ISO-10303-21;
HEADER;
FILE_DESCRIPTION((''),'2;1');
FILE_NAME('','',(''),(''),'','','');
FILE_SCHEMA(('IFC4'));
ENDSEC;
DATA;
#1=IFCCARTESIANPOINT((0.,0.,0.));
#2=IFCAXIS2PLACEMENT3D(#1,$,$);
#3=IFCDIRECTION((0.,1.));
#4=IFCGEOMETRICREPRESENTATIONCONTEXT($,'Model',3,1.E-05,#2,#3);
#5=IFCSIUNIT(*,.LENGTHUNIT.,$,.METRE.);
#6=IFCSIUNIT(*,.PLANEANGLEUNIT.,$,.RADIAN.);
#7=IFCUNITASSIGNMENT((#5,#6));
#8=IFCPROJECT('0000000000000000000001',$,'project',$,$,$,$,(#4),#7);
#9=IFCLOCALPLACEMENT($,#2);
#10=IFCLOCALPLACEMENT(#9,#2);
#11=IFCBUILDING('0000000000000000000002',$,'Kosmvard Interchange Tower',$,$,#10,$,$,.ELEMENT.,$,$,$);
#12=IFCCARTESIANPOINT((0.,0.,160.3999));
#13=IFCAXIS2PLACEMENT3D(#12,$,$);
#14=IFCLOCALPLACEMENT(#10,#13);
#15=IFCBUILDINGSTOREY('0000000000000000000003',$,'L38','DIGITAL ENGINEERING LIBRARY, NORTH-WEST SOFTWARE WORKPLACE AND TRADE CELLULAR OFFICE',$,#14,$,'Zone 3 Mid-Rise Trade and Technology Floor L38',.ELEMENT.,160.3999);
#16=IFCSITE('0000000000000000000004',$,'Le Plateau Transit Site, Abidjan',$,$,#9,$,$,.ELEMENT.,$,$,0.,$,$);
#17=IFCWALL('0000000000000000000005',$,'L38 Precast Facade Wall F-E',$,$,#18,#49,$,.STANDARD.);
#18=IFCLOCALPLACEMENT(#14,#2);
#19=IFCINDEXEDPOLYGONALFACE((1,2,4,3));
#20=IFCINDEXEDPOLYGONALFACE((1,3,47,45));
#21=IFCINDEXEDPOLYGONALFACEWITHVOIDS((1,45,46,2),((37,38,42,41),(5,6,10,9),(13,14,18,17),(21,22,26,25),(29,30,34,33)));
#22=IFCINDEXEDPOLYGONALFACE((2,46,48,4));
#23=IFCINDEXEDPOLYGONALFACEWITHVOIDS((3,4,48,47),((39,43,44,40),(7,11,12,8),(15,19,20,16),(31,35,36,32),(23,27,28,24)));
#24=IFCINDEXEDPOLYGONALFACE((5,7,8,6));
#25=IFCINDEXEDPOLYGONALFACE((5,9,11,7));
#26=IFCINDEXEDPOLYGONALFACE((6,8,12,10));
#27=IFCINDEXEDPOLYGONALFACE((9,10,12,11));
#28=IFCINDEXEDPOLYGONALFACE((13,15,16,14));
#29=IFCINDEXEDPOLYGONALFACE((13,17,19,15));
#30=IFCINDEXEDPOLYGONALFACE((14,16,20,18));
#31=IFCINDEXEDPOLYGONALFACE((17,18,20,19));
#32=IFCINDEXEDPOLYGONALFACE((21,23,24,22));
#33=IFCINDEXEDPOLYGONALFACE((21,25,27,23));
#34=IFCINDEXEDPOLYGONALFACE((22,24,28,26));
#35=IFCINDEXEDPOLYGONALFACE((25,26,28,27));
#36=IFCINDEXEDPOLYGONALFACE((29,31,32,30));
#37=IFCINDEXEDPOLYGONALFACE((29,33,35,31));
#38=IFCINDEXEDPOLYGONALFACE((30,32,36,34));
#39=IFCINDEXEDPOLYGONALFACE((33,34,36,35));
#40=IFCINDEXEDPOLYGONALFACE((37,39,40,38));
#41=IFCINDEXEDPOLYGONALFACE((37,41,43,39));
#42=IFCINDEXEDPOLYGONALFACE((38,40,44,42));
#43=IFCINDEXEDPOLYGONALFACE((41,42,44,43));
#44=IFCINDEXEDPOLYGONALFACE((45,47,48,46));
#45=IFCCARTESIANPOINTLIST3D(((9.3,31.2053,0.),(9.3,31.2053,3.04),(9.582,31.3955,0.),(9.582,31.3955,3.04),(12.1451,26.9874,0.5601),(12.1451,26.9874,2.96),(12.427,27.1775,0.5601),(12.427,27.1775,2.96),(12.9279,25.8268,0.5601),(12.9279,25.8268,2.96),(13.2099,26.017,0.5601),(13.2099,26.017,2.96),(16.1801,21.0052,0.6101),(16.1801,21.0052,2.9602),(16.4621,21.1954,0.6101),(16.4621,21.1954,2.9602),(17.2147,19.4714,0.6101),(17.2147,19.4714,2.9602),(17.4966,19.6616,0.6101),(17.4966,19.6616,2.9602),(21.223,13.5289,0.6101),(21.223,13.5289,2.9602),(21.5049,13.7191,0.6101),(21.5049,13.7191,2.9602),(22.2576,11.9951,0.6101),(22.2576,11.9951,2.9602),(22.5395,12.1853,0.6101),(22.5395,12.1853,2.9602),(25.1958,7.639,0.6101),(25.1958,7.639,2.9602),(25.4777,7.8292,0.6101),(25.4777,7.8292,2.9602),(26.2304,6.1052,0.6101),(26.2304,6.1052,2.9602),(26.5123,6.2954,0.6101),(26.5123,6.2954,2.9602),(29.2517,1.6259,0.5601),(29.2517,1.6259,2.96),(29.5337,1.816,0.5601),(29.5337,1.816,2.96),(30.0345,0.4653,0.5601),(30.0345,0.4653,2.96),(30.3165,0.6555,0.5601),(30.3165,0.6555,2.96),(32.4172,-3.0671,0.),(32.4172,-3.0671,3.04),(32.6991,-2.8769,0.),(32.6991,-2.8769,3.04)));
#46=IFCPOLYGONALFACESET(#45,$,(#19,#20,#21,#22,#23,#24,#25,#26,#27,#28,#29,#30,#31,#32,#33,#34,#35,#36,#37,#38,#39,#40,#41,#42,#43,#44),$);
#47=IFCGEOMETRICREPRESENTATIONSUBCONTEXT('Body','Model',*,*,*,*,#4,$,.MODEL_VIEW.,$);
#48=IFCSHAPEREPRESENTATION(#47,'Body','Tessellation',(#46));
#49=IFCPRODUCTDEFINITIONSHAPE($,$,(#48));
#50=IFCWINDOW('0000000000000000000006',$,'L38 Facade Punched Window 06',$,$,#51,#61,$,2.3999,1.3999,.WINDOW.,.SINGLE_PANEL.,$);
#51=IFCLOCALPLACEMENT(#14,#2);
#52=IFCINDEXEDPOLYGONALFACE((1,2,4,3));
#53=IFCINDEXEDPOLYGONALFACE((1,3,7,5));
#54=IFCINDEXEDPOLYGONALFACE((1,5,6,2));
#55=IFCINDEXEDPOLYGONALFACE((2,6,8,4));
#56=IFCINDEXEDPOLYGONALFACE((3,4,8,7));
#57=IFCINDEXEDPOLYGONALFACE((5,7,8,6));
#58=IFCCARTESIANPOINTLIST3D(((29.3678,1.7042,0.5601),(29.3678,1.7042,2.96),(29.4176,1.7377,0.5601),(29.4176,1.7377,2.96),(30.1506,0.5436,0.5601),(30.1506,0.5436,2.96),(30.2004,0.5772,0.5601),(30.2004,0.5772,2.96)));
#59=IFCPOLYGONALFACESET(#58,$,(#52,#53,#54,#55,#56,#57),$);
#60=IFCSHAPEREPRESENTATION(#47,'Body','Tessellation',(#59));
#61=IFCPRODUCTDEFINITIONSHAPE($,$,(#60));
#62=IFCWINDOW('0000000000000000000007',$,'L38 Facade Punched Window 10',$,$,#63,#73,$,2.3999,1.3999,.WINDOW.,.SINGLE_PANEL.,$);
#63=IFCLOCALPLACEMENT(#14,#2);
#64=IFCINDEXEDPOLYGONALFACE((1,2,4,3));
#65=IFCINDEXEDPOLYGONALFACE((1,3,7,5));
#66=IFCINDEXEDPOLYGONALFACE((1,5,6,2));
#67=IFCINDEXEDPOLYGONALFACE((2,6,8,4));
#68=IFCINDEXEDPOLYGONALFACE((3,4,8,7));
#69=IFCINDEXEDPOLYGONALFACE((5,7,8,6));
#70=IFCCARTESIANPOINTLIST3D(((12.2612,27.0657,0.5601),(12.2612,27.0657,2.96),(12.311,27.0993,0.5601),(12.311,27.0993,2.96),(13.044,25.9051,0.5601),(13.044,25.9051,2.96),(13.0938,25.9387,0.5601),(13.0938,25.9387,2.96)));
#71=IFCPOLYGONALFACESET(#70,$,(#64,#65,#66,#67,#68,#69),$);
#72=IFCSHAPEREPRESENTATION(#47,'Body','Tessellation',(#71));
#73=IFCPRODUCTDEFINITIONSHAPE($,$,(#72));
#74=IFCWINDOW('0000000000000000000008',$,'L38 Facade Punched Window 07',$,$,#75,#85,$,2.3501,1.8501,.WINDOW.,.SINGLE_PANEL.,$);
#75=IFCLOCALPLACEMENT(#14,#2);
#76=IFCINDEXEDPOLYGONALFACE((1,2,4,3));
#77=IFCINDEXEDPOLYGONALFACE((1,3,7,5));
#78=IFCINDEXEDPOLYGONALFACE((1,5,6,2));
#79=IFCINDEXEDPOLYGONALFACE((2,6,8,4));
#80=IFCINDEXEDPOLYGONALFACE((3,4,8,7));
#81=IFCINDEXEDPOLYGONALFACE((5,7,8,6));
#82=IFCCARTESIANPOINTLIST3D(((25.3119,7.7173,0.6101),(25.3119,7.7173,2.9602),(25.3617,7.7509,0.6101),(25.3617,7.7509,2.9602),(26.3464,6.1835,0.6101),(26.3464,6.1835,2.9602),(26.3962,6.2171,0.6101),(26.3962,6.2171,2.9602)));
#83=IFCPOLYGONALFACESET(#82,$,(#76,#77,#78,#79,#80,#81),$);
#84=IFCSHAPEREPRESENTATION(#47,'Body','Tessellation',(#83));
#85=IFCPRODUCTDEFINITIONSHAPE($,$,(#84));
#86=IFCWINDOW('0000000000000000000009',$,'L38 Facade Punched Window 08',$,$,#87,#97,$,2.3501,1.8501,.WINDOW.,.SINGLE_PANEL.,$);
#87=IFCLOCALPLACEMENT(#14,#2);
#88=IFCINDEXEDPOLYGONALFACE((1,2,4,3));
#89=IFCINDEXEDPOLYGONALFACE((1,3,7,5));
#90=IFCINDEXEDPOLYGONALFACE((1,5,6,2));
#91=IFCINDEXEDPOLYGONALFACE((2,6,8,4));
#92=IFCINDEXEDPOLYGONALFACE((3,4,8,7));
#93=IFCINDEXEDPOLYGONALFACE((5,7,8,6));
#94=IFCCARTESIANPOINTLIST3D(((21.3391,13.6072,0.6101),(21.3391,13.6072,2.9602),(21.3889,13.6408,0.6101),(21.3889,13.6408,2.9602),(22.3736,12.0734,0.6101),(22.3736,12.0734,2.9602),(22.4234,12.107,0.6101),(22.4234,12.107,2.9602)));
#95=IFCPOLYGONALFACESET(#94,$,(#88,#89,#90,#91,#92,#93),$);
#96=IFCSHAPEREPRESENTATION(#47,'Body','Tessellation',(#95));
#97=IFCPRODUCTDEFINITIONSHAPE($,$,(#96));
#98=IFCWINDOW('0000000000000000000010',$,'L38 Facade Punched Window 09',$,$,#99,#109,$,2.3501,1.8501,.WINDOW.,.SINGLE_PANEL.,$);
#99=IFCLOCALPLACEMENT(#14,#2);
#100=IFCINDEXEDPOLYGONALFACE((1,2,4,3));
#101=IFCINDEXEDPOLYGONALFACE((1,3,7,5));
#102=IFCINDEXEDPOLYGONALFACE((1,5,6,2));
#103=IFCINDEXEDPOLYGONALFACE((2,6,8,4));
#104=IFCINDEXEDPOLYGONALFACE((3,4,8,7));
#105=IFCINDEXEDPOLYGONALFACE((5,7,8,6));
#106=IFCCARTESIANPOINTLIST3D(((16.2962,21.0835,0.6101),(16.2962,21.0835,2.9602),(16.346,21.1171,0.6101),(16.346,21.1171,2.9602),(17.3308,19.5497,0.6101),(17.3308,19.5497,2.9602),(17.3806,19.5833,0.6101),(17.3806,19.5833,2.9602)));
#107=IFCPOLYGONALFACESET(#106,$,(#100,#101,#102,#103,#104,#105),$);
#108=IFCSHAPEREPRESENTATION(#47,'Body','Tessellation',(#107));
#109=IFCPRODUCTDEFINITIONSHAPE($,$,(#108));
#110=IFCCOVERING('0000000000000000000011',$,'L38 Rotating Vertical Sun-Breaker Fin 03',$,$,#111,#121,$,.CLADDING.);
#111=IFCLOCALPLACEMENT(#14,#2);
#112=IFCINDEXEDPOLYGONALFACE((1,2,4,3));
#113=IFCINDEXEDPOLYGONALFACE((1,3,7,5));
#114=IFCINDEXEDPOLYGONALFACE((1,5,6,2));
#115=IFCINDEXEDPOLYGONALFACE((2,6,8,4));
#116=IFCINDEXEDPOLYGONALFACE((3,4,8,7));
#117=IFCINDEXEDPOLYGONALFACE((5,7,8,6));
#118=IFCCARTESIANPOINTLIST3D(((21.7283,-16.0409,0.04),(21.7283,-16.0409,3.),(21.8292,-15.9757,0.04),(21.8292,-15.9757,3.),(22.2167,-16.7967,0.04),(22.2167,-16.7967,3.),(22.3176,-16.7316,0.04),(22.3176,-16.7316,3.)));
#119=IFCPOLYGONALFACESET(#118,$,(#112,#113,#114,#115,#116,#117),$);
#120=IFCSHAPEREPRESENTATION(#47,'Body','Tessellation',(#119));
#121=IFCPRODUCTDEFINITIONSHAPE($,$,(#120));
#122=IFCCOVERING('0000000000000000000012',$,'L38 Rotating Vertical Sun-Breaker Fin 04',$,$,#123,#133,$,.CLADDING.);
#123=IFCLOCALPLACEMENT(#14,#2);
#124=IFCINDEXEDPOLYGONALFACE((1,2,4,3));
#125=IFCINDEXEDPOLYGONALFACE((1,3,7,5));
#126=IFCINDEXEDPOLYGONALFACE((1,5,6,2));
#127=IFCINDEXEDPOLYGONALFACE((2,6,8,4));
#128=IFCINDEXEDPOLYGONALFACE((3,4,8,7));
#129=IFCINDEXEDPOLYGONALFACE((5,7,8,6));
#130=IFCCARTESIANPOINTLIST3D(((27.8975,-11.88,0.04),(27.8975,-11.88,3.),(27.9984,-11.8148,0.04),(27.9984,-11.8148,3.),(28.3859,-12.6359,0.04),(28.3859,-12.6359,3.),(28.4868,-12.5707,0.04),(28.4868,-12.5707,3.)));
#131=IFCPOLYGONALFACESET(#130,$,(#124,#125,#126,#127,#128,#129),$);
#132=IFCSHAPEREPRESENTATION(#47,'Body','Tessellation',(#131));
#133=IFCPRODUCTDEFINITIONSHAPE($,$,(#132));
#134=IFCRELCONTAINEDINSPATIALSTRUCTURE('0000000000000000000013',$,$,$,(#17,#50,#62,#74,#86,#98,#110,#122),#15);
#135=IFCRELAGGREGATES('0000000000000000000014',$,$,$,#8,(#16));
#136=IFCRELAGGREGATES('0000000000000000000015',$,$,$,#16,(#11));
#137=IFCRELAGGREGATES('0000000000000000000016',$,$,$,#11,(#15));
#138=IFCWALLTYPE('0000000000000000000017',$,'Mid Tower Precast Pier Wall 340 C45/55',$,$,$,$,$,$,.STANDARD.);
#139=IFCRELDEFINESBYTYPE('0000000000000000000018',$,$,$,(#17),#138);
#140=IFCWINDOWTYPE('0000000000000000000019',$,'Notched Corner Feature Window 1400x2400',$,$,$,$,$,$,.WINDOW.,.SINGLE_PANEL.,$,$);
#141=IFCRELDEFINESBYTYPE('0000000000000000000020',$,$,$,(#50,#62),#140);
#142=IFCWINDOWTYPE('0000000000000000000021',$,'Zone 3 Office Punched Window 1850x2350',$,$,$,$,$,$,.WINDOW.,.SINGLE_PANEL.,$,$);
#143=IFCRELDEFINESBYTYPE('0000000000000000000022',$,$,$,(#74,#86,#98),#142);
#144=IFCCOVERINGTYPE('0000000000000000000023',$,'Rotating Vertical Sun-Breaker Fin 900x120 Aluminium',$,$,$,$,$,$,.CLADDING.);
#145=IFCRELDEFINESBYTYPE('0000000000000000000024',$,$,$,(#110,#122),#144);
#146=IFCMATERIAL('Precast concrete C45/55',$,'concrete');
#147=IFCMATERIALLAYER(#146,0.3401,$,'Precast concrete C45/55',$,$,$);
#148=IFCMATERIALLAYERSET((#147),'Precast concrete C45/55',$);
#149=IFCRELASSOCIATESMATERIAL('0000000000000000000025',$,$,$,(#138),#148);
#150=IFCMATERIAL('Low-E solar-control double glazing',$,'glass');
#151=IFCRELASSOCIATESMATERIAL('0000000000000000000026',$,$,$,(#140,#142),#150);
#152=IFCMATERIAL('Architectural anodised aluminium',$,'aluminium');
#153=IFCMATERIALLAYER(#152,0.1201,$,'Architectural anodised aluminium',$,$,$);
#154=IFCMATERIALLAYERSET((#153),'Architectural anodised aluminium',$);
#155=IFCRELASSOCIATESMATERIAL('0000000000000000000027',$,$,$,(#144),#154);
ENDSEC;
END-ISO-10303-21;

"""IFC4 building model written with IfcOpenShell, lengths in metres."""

from ifc_helpers import new_model, si_unit, direction, frame, frame_2d, origin, origin_2d, place, context, subcontext, project, spatial, rectangle, extrude, source, transform, mapped, material, layer, layer_set, type_object, element, fill, save


model = new_model("IFC4")

# Units and contexts
model_context = context("Model", 3, precision=1e-05, world=origin(), true_north=direction((0.0, 1.0)))
body_context = subcontext(model_context, "Body", "Model", "MODEL_VIEW")
ifc_project = project(units=[si_unit("LENGTHUNIT", "METRE"), si_unit("PLANEANGLEUNIT", "RADIAN")], contexts=[model_context])

# Site, building, storey
site_placement = place(None, origin())
site = spatial("IfcSite", under=ifc_project, at=site_placement, Name="Le Plateau Transit Site, Abidjan", CompositionType="ELEMENT", RefElevation=0.0)
building_placement = place(site_placement, origin())
building = spatial("IfcBuilding", under=site, at=building_placement, Name="Kosmvard Interchange Tower", CompositionType="ELEMENT")
storey_placement = place(building_placement, frame((0.0, 0.0, 160.3999)))
storey = spatial("IfcBuildingStorey", under=building, at=storey_placement, Name="L38", Description="DIGITAL ENGINEERING LIBRARY, NORTH-WEST SOFTWARE WORKPLACE AND TRADE CELLULAR OFFICE", LongName="Zone 3 Mid-Rise Trade and Technology Floor L38", CompositionType="ELEMENT", Elevation=160.3999)

# Shared definitions
ifc_material_1 = material(Name="Precast concrete C45/55", Category="concrete")

# Shared definitions
ifc_layer_1 = layer(ifc_material_1, 0.3401, Name="Precast concrete C45/55")
ifc_layer_set_1 = layer_set([ifc_layer_1], Name="Precast concrete C45/55")
wall_type_1 = type_object("IfcWallType", Name="Mid Tower Precast Pier Wall 340 C45/55", PredefinedType="STANDARD", material=ifc_layer_set_1)

# Shared definitions
ifc_material_2 = material(Name="Low-E solar-control double glazing", Category="glass")
window_type_1 = type_object("IfcWindowType", Name="Notched Corner Feature Window 1400x2400", PartitioningType="SINGLE_PANEL", PredefinedType="WINDOW", material=ifc_material_2)
shared_shape_1 = source(origin(), body_context, "Body", "SweptSolid", [
    extrude(rectangle(XDim=1.3999, YDim=2.3999, at=frame_2d((0.7, 1.2))), frame((0.0, 0.03, 0.0), z_axis=(0.0, -1.0, 0.0), x_axis=(1.0, 0.0, 0.0)), (0.0, 0.0, 1.0), 0.0601),
])

# Wall, openings, windows
wall_1_placement = place(storey_placement, frame((32.5581, -2.9719, 0.0), z_axis=(0.0, 0.0, 1.0), x_axis=(-0.559195, 0.829036, 0.0)))
wall_1 = element("IfcWall", 1, at=wall_1_placement, inside=storey, type_object=wall_type_1, Name="L38 Precast Facade Wall F-E", PredefinedType="STANDARD", context=body_context, shape_type="SweptSolid", body=[
    extrude(rectangle(XDim=41.3401, YDim=0.3401, at=frame_2d((20.6699, 0.0))), origin(), (0.0, 0.0, 1.0), 3.04),
])
opening_1_placement = place(wall_1_placement, frame((4.2607, 0.0, 0.5601)))
opening_1 = element("IfcOpeningElement", 2, at=opening_1_placement, cuts=wall_1, PredefinedType="OPENING", context=body_context, shape_type="SweptSolid", body=[
    extrude(rectangle(XDim=1.3999, YDim=2.3999, at=frame_2d((0.7, 1.2))), frame((0.0, 0.1802, 0.0), z_axis=(0.0, -1.0, 0.0), x_axis=(1.0, 0.0, 0.0)), (0.0, 0.0, 1.0), 0.3601),
])
opening_2_placement = place(wall_1_placement, frame((11.0637, 0.0, 0.6101)))
opening_2 = element("IfcOpeningElement", 3, at=opening_2_placement, cuts=wall_1, PredefinedType="OPENING", context=body_context, shape_type="SweptSolid", body=[
    extrude(rectangle(XDim=1.8501, YDim=2.3501, at=frame_2d((0.925, 1.175))), frame((0.0, 0.1802, 0.0), z_axis=(0.0, -1.0, 0.0), x_axis=(1.0, 0.0, 0.0)), (0.0, 0.0, 1.0), 0.3601),
])
opening_3_placement = place(wall_1_placement, frame((18.1682, 0.0, 0.6101)))
opening_3 = element("IfcOpeningElement", 4, at=opening_3_placement, cuts=wall_1, PredefinedType="OPENING", context=body_context, shape_type="SweptSolid", body=[
    extrude(rectangle(XDim=1.8501, YDim=2.3501, at=frame_2d((0.925, 1.175))), frame((0.0, 0.1802, 0.0), z_axis=(0.0, -1.0, 0.0), x_axis=(1.0, 0.0, 0.0)), (0.0, 0.0, 1.0), 0.3601),
])
opening_4_placement = place(wall_1_placement, frame((27.1863, 0.0, 0.6101)))
opening_4 = element("IfcOpeningElement", 5, at=opening_4_placement, cuts=wall_1, PredefinedType="OPENING", context=body_context, shape_type="SweptSolid", body=[
    extrude(rectangle(XDim=1.8501, YDim=2.3501, at=frame_2d((0.925, 1.175))), frame((0.0, 0.1802, 0.0), z_axis=(0.0, -1.0, 0.0), x_axis=(1.0, 0.0, 0.0)), (0.0, 0.0, 1.0), 0.3601),
])
opening_5_placement = place(wall_1_placement, frame((34.8523, 0.0, 0.5601)))
opening_5 = element("IfcOpeningElement", 6, at=opening_5_placement, cuts=wall_1, PredefinedType="OPENING", context=body_context, shape_type="SweptSolid", body=[
    extrude(rectangle(XDim=1.3999, YDim=2.3999, at=frame_2d((0.7, 1.2))), frame((0.0, 0.1802, 0.0), z_axis=(0.0, -1.0, 0.0), x_axis=(1.0, 0.0, 0.0)), (0.0, 0.0, 1.0), 0.3601),
])
window_1_placement = place(opening_1_placement, origin())
window_1 = element("IfcWindow", 7, at=window_1_placement, inside=storey, type_object=window_type_1, Name="L38 Facade Punched Window 06", OverallHeight=2.3999, OverallWidth=1.3999, PartitioningType="SINGLE_PANEL", PredefinedType="WINDOW", context=body_context, shape_type="MappedRepresentation", body=[
    mapped(shared_shape_1, transform((0.0, 0.0, 0.0), scale=1.0)),
])
fill(opening_1, window_1)
window_2_placement = place(opening_5_placement, origin())
window_2 = element("IfcWindow", 8, at=window_2_placement, inside=storey, type_object=window_type_1, Name="L38 Facade Punched Window 10", OverallHeight=2.3999, OverallWidth=1.3999, PartitioningType="SINGLE_PANEL", PredefinedType="WINDOW", context=body_context, shape_type="MappedRepresentation", body=[
    mapped(shared_shape_1, transform((0.0, 0.0, 0.0), scale=1.0)),
])
fill(opening_5, window_2)
window_type_2 = type_object("IfcWindowType", Name="Zone 3 Office Punched Window 1850x2350", PartitioningType="SINGLE_PANEL", PredefinedType="WINDOW", material=ifc_material_2)
shared_shape_2 = source(origin(), body_context, "Body", "SweptSolid", [
    extrude(rectangle(XDim=1.8501, YDim=2.3501, at=frame_2d((0.925, 1.175))), frame((0.0, 0.03, 0.0), z_axis=(0.0, -1.0, 0.0), x_axis=(1.0, 0.0, 0.0)), (0.0, 0.0, 1.0), 0.0601),
])
window_3_placement = place(opening_2_placement, origin())
window_3 = element("IfcWindow", 9, at=window_3_placement, inside=storey, type_object=window_type_2, Name="L38 Facade Punched Window 07", OverallHeight=2.3501, OverallWidth=1.8501, PartitioningType="SINGLE_PANEL", PredefinedType="WINDOW", context=body_context, shape_type="MappedRepresentation", body=[
    mapped(shared_shape_2, transform((0.0, 0.0, 0.0), scale=1.0)),
])
fill(opening_2, window_3)
window_4_placement = place(opening_3_placement, origin())
window_4 = element("IfcWindow", 10, at=window_4_placement, inside=storey, type_object=window_type_2, Name="L38 Facade Punched Window 08", OverallHeight=2.3501, OverallWidth=1.8501, PartitioningType="SINGLE_PANEL", PredefinedType="WINDOW", context=body_context, shape_type="MappedRepresentation", body=[
    mapped(shared_shape_2, transform((0.0, 0.0, 0.0), scale=1.0)),
])
fill(opening_3, window_4)
window_5_placement = place(opening_4_placement, origin())
window_5 = element("IfcWindow", 11, at=window_5_placement, inside=storey, type_object=window_type_2, Name="L38 Facade Punched Window 09", OverallHeight=2.3501, OverallWidth=1.8501, PartitioningType="SINGLE_PANEL", PredefinedType="WINDOW", context=body_context, shape_type="MappedRepresentation", body=[
    mapped(shared_shape_2, transform((0.0, 0.0, 0.0), scale=1.0)),
])
fill(opening_4, window_5)

# Coverings
ifc_material_3 = material(Name="Architectural anodised aluminium", Category="aluminium")
ifc_layer_2 = layer(ifc_material_3, 0.1201, Name="Architectural anodised aluminium")
ifc_layer_set_2 = layer_set([ifc_layer_2], Name="Architectural anodised aluminium")
covering_type = type_object("IfcCoveringType", Name="Rotating Vertical Sun-Breaker Fin 900x120 Aluminium", PredefinedType="CLADDING", material=ifc_layer_set_2)
shared_shape_3 = source(origin(), body_context, "Body", "SweptSolid", [
    extrude(rectangle(XDim=0.8999, YDim=0.1201, at=origin_2d()), origin(), (0.0, 0.0, 1.0), 2.96),
])
for number, where, z_axis, x_axis, name in (
    (12, (22.0229, -16.3862, 0.04), (0.0, 0.0, 1.0), (0.542735, -0.839904, 0.0), "L38 Rotating Vertical Sun-Breaker Fin 03"),
    (13, (28.1921, -12.2253, 0.04), (0.0, 0.0, 1.0), (0.542735, -0.839904, 0.0), "L38 Rotating Vertical Sun-Breaker Fin 04"),
):
    element("IfcCovering", number, at=place(storey_placement, frame(where, z_axis=z_axis, x_axis=x_axis)), inside=storey, type_object=covering_type, Name=name, PredefinedType="CLADDING", context=body_context, shape_type="MappedRepresentation", body=[
        mapped(shared_shape_3, transform((0.0, 0.0, 0.0), scale=1.0)),
    ])

save(model, "model.ifc")
